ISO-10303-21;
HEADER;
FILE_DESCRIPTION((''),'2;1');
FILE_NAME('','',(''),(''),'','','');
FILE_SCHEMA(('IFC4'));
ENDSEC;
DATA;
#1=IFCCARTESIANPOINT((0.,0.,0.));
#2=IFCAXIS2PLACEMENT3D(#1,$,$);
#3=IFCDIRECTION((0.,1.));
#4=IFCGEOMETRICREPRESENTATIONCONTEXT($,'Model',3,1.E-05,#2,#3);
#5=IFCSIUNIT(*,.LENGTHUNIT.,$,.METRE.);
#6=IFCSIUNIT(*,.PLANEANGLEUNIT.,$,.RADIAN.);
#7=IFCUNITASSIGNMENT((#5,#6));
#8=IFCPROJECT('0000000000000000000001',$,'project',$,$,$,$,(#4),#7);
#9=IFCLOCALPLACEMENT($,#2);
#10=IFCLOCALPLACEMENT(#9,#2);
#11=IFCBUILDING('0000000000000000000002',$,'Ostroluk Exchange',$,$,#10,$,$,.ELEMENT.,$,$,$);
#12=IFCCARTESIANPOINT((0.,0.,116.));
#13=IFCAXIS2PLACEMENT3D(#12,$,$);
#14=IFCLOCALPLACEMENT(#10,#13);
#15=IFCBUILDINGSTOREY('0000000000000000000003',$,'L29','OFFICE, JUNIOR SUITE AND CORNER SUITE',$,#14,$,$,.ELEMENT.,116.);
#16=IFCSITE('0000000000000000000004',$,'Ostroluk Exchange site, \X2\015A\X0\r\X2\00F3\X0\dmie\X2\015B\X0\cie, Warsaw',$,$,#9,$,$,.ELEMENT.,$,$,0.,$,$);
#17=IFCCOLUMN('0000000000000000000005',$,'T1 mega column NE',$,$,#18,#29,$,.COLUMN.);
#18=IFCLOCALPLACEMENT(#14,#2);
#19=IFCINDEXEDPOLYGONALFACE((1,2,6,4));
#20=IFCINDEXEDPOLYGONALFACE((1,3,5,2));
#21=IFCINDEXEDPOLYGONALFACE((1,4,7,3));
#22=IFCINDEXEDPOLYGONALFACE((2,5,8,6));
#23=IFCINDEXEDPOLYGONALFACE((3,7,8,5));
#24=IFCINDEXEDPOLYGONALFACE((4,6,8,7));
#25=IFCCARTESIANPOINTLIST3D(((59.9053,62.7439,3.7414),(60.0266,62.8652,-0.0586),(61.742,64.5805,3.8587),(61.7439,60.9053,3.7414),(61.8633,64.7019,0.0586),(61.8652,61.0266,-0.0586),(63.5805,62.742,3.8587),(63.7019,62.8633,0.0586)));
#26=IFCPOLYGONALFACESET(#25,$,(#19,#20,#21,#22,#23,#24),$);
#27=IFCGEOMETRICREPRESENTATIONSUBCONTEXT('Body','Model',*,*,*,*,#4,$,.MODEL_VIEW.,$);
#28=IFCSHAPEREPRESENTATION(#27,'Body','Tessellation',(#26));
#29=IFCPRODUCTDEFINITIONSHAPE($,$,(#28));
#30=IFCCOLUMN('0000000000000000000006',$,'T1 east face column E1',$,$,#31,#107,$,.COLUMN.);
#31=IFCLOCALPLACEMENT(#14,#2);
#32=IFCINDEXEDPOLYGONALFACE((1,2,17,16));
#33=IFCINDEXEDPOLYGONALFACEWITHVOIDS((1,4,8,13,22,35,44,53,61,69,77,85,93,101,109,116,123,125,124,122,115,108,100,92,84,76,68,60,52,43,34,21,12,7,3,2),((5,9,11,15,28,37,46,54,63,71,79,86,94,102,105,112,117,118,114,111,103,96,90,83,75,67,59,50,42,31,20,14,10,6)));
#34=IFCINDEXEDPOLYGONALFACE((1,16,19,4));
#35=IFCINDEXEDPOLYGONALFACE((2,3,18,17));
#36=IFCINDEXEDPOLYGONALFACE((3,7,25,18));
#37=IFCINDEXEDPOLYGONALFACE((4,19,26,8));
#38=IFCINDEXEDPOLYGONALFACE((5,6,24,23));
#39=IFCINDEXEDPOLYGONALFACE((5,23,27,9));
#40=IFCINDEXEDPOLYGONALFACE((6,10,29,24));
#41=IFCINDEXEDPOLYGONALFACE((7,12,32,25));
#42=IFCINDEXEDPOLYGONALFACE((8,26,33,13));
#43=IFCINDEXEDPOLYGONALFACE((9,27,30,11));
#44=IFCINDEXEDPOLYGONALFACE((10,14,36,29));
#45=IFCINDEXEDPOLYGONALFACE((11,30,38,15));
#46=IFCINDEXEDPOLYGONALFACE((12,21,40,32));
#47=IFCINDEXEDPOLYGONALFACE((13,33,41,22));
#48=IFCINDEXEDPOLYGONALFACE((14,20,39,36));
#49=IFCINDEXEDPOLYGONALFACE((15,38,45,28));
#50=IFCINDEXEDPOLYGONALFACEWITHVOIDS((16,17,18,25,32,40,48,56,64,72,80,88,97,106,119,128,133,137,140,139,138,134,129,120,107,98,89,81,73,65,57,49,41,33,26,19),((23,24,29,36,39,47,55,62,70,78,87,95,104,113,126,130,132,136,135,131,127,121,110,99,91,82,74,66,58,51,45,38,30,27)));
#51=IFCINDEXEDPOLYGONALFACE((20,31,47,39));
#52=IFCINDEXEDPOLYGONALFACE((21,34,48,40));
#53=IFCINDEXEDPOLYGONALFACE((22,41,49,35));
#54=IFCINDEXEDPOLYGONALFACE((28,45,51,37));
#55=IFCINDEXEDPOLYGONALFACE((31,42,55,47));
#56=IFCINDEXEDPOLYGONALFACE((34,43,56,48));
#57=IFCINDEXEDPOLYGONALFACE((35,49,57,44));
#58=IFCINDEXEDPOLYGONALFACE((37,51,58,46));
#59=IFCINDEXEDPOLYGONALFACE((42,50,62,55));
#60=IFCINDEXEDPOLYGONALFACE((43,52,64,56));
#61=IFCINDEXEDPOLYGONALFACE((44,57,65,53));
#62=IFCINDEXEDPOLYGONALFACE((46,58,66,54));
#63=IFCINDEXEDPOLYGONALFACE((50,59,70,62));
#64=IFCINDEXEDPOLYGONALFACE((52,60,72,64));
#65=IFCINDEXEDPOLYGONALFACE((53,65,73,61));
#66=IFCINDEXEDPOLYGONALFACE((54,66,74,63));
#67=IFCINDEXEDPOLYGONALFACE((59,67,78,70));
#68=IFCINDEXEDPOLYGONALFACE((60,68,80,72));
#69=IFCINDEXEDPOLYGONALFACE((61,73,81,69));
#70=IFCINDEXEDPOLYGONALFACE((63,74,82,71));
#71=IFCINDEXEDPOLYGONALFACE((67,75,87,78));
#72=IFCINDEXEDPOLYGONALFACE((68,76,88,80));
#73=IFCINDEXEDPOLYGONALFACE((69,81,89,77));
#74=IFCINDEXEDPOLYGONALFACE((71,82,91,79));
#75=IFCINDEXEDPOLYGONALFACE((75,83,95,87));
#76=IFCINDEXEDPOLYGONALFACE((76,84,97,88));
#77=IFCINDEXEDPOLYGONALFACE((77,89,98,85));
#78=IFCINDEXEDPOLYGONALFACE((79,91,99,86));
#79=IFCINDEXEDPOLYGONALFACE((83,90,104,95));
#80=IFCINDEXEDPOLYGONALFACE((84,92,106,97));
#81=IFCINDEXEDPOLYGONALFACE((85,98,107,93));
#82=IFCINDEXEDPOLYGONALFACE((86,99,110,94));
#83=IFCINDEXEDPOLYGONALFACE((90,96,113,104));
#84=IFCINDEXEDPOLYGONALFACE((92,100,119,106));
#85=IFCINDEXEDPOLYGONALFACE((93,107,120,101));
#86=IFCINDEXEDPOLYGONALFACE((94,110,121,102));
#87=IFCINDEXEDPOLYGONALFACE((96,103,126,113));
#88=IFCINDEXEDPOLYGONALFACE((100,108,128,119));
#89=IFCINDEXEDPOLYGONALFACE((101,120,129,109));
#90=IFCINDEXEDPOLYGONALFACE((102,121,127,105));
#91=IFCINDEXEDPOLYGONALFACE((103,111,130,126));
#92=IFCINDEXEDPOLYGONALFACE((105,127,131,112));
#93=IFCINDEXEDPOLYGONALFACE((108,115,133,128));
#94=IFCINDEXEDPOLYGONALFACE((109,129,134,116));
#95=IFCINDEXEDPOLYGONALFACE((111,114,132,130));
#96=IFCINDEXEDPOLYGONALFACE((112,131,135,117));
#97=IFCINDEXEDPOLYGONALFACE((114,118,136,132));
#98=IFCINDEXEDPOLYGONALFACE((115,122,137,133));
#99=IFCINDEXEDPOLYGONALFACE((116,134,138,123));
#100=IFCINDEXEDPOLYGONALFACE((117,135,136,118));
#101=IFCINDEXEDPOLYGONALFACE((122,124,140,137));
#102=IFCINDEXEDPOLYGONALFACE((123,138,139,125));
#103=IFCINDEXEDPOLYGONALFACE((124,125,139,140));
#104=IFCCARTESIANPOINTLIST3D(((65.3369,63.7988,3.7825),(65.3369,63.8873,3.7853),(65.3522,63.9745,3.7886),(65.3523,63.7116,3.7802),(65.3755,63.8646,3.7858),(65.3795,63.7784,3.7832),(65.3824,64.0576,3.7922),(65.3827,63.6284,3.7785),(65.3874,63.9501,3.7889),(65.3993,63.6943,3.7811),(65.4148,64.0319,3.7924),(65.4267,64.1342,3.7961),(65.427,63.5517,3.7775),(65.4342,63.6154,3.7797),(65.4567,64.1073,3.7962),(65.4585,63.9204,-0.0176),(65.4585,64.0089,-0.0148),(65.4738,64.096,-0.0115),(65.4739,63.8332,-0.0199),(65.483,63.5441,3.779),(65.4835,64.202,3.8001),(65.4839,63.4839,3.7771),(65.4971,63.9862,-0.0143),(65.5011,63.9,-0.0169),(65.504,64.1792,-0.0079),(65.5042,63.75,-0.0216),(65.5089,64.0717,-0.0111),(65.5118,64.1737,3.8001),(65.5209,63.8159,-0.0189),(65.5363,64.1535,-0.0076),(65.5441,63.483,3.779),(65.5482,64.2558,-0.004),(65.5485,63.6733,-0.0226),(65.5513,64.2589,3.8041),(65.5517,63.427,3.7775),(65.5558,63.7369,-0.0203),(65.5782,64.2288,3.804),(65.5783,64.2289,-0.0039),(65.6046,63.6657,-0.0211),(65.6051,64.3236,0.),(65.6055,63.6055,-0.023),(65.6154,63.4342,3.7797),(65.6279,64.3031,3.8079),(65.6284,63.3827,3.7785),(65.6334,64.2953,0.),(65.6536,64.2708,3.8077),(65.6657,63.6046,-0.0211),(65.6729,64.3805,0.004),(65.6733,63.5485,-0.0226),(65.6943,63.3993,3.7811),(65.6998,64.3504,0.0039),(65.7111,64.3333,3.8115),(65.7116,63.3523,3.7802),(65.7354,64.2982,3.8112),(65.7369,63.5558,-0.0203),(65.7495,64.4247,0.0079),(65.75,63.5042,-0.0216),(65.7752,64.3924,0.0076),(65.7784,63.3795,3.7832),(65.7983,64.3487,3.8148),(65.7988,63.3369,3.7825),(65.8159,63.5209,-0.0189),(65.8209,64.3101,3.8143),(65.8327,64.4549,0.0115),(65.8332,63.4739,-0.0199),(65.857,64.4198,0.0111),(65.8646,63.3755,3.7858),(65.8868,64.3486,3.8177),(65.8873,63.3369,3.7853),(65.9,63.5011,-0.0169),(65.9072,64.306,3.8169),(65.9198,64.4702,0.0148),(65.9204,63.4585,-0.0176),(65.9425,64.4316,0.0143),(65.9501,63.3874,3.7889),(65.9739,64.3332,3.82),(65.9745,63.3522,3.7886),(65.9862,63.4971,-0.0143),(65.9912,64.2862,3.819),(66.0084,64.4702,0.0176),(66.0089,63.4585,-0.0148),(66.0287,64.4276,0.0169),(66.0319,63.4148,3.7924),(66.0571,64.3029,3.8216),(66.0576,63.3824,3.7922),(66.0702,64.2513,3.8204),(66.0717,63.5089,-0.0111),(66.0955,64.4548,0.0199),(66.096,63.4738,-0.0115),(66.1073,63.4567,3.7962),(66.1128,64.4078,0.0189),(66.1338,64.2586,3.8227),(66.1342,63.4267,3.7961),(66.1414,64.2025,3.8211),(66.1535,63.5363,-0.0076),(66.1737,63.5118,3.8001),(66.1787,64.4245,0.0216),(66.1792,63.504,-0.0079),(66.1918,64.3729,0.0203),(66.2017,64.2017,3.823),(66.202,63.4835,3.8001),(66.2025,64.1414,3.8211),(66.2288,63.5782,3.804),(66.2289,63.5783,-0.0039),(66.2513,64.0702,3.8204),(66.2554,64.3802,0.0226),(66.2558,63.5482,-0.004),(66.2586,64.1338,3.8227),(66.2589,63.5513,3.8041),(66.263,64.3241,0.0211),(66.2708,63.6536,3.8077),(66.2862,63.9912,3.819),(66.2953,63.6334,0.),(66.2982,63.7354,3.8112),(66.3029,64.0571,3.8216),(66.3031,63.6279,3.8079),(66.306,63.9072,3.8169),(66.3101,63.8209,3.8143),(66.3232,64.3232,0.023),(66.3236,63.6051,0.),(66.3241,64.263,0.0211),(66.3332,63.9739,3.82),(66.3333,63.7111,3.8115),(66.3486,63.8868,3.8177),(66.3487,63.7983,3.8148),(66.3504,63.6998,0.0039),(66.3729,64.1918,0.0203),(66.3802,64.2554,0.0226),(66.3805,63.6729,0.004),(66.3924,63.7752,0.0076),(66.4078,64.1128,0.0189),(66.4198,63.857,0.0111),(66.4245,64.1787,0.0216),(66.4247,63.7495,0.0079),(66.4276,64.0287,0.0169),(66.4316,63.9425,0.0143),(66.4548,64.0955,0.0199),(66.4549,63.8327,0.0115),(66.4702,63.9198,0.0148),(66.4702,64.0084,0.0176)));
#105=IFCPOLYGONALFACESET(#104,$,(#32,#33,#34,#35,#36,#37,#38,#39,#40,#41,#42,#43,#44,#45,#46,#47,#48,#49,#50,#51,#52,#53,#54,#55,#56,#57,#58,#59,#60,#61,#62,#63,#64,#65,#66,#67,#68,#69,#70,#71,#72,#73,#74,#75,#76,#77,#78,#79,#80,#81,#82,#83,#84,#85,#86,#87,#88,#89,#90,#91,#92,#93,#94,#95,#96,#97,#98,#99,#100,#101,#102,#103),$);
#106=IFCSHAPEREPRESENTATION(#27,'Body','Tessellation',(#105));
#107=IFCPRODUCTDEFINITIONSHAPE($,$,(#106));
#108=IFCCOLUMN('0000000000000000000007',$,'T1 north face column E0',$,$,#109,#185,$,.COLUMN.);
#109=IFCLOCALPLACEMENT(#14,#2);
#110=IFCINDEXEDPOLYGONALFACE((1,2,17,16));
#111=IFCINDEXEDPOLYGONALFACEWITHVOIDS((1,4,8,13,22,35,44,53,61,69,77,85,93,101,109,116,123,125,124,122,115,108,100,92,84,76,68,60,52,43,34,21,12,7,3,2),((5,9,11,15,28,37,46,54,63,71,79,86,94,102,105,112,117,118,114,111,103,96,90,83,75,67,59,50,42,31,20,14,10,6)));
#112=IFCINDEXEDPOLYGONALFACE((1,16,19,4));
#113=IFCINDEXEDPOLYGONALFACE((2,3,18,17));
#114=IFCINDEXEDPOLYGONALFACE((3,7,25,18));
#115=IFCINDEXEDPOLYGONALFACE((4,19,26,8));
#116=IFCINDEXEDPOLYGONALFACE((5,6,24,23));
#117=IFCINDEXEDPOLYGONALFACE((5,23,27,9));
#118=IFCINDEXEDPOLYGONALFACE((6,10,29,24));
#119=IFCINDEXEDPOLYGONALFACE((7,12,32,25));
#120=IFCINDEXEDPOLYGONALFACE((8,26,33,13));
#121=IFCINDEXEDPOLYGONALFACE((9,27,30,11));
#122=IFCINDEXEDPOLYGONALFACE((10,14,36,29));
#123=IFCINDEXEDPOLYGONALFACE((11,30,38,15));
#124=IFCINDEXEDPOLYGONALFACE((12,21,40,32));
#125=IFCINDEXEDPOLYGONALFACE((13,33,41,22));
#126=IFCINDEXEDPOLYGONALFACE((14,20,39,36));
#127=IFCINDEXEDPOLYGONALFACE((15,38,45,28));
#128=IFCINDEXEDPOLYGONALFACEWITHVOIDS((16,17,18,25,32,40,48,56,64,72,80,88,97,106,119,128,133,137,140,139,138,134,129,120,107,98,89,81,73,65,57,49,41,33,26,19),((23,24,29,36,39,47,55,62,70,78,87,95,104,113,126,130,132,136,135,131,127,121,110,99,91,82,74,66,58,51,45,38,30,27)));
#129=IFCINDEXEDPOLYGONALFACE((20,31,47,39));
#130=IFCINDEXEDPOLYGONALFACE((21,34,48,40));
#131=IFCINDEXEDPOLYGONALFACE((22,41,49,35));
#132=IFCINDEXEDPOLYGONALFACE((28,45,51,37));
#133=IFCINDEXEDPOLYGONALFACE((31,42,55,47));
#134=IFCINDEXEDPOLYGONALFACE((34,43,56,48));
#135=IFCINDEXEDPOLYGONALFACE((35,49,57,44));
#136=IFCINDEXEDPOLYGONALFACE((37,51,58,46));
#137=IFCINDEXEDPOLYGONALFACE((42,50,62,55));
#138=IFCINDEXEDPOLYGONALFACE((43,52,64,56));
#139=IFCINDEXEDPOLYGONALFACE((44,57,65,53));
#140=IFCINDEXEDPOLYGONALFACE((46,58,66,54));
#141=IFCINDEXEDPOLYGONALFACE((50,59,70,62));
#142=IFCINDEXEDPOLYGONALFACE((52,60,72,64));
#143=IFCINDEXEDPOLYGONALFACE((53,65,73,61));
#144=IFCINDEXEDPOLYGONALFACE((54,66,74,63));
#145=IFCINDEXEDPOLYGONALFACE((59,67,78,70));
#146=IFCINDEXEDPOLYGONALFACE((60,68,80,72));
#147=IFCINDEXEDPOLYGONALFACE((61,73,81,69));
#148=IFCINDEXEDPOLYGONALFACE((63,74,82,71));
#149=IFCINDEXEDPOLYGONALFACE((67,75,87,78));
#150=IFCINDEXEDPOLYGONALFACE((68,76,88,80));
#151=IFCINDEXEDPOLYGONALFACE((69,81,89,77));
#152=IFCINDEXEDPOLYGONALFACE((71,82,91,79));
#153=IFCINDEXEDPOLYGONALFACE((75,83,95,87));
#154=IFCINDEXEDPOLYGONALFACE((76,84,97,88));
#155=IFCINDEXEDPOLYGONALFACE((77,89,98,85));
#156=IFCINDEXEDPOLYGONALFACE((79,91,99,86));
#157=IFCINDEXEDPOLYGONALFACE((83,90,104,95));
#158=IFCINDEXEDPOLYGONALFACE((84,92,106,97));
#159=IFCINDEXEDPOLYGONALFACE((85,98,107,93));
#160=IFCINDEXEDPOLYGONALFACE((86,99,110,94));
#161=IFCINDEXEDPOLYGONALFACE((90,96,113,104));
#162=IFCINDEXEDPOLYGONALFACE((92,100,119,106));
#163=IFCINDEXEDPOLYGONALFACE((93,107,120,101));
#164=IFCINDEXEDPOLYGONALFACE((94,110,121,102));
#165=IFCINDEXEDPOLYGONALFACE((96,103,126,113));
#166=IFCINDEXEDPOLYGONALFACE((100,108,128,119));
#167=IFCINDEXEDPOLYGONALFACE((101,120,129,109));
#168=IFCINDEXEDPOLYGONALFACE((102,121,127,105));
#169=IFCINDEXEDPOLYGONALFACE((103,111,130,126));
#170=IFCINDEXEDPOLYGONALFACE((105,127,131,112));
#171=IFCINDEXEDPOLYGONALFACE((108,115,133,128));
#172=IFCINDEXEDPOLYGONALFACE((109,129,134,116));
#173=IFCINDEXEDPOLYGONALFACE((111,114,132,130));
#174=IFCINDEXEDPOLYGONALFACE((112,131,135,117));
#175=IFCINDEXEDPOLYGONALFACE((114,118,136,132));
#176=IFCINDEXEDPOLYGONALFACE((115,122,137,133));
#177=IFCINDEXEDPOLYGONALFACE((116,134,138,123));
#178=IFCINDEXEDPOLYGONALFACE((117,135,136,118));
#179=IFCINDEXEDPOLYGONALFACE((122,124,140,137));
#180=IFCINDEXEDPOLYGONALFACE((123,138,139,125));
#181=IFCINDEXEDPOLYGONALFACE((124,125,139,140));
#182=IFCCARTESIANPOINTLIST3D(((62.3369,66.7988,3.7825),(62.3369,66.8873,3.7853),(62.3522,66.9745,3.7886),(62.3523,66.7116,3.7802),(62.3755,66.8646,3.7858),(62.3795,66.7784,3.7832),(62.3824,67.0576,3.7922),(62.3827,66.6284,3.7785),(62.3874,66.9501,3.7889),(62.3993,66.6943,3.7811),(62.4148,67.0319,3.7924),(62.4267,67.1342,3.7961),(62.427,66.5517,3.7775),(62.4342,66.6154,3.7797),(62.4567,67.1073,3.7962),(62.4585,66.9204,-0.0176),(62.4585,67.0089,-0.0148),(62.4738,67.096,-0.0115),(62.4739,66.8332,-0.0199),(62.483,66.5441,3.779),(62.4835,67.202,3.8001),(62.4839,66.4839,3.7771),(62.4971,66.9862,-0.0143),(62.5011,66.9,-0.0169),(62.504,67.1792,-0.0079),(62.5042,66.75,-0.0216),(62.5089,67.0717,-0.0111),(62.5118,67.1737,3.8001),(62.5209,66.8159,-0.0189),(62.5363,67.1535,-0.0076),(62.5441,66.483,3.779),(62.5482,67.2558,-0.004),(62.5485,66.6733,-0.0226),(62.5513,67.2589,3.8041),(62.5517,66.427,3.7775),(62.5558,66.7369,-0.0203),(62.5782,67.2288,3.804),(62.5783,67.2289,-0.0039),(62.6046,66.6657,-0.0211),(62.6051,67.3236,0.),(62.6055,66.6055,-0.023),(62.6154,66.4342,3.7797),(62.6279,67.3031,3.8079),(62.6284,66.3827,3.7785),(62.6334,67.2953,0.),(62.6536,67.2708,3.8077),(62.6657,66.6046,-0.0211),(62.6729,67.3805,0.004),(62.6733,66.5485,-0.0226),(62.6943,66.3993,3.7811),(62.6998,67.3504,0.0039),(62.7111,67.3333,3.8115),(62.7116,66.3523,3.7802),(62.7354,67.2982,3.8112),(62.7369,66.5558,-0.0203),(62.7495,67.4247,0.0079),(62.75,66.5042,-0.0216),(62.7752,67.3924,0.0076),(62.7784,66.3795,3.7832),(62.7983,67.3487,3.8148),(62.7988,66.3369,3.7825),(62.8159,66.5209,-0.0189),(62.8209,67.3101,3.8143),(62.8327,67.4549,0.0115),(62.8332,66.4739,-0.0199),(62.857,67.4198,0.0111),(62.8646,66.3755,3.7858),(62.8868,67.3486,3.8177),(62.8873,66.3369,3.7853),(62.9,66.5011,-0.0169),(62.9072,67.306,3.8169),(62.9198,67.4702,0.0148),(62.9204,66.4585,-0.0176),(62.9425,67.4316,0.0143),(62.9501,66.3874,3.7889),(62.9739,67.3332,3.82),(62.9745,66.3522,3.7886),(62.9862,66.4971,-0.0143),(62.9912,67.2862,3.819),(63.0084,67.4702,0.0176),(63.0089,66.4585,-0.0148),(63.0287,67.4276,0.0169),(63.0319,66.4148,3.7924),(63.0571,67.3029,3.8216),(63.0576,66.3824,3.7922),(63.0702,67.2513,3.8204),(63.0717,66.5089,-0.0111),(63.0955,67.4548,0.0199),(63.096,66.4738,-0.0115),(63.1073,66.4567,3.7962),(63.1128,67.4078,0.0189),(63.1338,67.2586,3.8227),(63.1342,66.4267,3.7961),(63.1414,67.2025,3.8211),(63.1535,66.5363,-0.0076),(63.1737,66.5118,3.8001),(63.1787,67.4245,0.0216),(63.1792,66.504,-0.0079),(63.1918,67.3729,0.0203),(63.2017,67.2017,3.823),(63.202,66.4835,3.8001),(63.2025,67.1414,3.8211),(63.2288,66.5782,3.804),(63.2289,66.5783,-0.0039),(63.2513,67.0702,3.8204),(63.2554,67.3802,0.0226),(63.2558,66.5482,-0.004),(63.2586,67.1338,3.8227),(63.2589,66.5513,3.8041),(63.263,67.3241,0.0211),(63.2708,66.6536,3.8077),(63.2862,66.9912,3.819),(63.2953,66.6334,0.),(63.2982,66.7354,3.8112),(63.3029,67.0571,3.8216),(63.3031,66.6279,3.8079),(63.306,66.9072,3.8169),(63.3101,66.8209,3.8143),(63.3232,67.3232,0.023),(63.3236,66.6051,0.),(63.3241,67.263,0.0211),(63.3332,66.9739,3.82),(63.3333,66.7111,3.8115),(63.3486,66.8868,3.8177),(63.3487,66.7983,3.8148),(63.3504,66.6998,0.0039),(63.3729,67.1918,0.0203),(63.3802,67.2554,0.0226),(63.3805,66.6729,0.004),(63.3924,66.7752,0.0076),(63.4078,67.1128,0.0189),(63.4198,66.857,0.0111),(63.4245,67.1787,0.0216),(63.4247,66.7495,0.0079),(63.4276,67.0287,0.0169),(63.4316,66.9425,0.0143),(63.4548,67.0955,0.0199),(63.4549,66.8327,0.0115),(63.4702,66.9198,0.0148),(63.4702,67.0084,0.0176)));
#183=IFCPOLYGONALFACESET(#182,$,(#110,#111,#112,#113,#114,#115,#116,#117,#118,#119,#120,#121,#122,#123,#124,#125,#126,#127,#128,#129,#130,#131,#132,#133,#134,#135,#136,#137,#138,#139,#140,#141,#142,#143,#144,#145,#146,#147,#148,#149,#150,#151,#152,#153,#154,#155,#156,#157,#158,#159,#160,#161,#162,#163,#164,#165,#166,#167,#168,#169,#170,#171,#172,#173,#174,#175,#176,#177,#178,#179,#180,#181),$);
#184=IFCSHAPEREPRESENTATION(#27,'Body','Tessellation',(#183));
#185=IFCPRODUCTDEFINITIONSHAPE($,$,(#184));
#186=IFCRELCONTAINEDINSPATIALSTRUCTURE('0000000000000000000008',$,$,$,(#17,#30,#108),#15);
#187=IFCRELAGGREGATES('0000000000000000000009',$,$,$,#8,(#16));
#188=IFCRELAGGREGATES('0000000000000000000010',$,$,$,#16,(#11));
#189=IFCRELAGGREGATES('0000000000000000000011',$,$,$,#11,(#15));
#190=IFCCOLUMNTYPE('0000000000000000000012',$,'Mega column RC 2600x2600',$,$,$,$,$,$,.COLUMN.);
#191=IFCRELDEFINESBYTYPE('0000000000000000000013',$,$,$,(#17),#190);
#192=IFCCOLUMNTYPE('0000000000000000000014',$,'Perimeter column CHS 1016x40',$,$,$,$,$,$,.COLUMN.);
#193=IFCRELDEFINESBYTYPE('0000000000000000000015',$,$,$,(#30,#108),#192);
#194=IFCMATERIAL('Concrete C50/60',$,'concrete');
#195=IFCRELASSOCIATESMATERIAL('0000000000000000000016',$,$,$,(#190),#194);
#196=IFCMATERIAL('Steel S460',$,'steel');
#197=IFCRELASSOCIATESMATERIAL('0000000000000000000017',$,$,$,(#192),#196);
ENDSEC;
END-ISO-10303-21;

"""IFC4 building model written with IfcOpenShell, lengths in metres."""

from ifc_helpers import new_model, si_unit, direction, frame, origin, origin_2d, place, context, subcontext, project, spatial, rectangle, hollow_circle, extrude, material, material_profile, profile_set, type_object, element, save


model = new_model("IFC4")

# Units and contexts
model_context = context("Model", 3, precision=1e-05, world=origin(), true_north=direction((0.0, 1.0)))
body_context = subcontext(model_context, "Body", "Model", "MODEL_VIEW")
ifc_project = project(units=[si_unit("LENGTHUNIT", "METRE"), si_unit("PLANEANGLEUNIT", "RADIAN")], contexts=[model_context])

# Site, building, storey
site_placement = place(None, origin())
site = spatial("IfcSite", under=ifc_project, at=site_placement, Name="Ostroluk Exchange site, Śródmieście, Warsaw", CompositionType="ELEMENT", RefElevation=0.0)
building_placement = place(site_placement, origin())
building = spatial("IfcBuilding", under=site, at=building_placement, Name="Ostroluk Exchange", CompositionType="ELEMENT")
storey_placement = place(building_placement, frame((0.0, 0.0, 116.0)))
storey = spatial("IfcBuildingStorey", under=building, at=storey_placement, Name="L29", Description="OFFICE, JUNIOR SUITE AND CORNER SUITE", CompositionType="ELEMENT", Elevation=116.0)

# Columns
ifc_material_1 = material(Name="Concrete C50/60", Category="concrete")
ifc_material_profile_1 = material_profile(ifc_material_1, rectangle(XDim=2.6001, YDim=2.6001, at=origin_2d()), Name="RC 2600x2600")
ifc_profile_set_1 = profile_set([ifc_material_profile_1], Name="Concrete C50/60")
column_type_1 = type_object("IfcColumnType", Name="Mega column RC 2600x2600", PredefinedType="COLUMN", material=ifc_profile_set_1)
column_placement = place(storey_placement, frame((61.8643, 62.8643, 0.0), z_axis=(-0.031898, -0.031898, 0.998982), x_axis=(0.707107, -0.707107, 0.0)))
element("IfcColumn", 1, at=column_placement, inside=storey, type_object=column_type_1, Name="T1 mega column NE", PredefinedType="COLUMN", context=body_context, shape_type="SweptSolid", body=[
    extrude(rectangle(XDim=2.6001, YDim=2.6001, at=origin_2d()), origin(), (0.0, 0.0, 1.0), 3.804),
])
ifc_material_2 = material(Name="Steel S460", Category="steel")
ifc_material_profile_2 = material_profile(ifc_material_2, hollow_circle(Radius=0.5081, WallThickness=0.04, at=origin_2d()), Name="CHS 1016x40")
ifc_profile_set_2 = profile_set([ifc_material_profile_2], Name="Steel S460")
column_type_2 = type_object("IfcColumnType", Name="Perimeter column CHS 1016x40", PredefinedType="COLUMN", material=ifc_profile_set_2)
for number, where, z_axis, x_axis, name in (
    (2, (65.9644, 63.9644, 0.0), (-0.031962, -0.031962, 0.998978), (0.707107, -0.707107, 0.0), "T1 east face column E1"),
    (3, (62.9644, 66.9644, 0.0), (-0.031962, -0.031962, 0.998978), (0.707107, -0.707107, 0.0), "T1 north face column E0"),
):
    element("IfcColumn", number, at=place(storey_placement, frame(where, z_axis=z_axis, x_axis=x_axis)), inside=storey, type_object=column_type_2, Name=name, PredefinedType="COLUMN", context=body_context, shape_type="SweptSolid", body=[
        extrude(hollow_circle(Radius=0.5081, WallThickness=0.04, at=origin_2d()), origin(), (0.0, 0.0, 1.0), 3.804),
    ])

save(model, "model.ifc")
